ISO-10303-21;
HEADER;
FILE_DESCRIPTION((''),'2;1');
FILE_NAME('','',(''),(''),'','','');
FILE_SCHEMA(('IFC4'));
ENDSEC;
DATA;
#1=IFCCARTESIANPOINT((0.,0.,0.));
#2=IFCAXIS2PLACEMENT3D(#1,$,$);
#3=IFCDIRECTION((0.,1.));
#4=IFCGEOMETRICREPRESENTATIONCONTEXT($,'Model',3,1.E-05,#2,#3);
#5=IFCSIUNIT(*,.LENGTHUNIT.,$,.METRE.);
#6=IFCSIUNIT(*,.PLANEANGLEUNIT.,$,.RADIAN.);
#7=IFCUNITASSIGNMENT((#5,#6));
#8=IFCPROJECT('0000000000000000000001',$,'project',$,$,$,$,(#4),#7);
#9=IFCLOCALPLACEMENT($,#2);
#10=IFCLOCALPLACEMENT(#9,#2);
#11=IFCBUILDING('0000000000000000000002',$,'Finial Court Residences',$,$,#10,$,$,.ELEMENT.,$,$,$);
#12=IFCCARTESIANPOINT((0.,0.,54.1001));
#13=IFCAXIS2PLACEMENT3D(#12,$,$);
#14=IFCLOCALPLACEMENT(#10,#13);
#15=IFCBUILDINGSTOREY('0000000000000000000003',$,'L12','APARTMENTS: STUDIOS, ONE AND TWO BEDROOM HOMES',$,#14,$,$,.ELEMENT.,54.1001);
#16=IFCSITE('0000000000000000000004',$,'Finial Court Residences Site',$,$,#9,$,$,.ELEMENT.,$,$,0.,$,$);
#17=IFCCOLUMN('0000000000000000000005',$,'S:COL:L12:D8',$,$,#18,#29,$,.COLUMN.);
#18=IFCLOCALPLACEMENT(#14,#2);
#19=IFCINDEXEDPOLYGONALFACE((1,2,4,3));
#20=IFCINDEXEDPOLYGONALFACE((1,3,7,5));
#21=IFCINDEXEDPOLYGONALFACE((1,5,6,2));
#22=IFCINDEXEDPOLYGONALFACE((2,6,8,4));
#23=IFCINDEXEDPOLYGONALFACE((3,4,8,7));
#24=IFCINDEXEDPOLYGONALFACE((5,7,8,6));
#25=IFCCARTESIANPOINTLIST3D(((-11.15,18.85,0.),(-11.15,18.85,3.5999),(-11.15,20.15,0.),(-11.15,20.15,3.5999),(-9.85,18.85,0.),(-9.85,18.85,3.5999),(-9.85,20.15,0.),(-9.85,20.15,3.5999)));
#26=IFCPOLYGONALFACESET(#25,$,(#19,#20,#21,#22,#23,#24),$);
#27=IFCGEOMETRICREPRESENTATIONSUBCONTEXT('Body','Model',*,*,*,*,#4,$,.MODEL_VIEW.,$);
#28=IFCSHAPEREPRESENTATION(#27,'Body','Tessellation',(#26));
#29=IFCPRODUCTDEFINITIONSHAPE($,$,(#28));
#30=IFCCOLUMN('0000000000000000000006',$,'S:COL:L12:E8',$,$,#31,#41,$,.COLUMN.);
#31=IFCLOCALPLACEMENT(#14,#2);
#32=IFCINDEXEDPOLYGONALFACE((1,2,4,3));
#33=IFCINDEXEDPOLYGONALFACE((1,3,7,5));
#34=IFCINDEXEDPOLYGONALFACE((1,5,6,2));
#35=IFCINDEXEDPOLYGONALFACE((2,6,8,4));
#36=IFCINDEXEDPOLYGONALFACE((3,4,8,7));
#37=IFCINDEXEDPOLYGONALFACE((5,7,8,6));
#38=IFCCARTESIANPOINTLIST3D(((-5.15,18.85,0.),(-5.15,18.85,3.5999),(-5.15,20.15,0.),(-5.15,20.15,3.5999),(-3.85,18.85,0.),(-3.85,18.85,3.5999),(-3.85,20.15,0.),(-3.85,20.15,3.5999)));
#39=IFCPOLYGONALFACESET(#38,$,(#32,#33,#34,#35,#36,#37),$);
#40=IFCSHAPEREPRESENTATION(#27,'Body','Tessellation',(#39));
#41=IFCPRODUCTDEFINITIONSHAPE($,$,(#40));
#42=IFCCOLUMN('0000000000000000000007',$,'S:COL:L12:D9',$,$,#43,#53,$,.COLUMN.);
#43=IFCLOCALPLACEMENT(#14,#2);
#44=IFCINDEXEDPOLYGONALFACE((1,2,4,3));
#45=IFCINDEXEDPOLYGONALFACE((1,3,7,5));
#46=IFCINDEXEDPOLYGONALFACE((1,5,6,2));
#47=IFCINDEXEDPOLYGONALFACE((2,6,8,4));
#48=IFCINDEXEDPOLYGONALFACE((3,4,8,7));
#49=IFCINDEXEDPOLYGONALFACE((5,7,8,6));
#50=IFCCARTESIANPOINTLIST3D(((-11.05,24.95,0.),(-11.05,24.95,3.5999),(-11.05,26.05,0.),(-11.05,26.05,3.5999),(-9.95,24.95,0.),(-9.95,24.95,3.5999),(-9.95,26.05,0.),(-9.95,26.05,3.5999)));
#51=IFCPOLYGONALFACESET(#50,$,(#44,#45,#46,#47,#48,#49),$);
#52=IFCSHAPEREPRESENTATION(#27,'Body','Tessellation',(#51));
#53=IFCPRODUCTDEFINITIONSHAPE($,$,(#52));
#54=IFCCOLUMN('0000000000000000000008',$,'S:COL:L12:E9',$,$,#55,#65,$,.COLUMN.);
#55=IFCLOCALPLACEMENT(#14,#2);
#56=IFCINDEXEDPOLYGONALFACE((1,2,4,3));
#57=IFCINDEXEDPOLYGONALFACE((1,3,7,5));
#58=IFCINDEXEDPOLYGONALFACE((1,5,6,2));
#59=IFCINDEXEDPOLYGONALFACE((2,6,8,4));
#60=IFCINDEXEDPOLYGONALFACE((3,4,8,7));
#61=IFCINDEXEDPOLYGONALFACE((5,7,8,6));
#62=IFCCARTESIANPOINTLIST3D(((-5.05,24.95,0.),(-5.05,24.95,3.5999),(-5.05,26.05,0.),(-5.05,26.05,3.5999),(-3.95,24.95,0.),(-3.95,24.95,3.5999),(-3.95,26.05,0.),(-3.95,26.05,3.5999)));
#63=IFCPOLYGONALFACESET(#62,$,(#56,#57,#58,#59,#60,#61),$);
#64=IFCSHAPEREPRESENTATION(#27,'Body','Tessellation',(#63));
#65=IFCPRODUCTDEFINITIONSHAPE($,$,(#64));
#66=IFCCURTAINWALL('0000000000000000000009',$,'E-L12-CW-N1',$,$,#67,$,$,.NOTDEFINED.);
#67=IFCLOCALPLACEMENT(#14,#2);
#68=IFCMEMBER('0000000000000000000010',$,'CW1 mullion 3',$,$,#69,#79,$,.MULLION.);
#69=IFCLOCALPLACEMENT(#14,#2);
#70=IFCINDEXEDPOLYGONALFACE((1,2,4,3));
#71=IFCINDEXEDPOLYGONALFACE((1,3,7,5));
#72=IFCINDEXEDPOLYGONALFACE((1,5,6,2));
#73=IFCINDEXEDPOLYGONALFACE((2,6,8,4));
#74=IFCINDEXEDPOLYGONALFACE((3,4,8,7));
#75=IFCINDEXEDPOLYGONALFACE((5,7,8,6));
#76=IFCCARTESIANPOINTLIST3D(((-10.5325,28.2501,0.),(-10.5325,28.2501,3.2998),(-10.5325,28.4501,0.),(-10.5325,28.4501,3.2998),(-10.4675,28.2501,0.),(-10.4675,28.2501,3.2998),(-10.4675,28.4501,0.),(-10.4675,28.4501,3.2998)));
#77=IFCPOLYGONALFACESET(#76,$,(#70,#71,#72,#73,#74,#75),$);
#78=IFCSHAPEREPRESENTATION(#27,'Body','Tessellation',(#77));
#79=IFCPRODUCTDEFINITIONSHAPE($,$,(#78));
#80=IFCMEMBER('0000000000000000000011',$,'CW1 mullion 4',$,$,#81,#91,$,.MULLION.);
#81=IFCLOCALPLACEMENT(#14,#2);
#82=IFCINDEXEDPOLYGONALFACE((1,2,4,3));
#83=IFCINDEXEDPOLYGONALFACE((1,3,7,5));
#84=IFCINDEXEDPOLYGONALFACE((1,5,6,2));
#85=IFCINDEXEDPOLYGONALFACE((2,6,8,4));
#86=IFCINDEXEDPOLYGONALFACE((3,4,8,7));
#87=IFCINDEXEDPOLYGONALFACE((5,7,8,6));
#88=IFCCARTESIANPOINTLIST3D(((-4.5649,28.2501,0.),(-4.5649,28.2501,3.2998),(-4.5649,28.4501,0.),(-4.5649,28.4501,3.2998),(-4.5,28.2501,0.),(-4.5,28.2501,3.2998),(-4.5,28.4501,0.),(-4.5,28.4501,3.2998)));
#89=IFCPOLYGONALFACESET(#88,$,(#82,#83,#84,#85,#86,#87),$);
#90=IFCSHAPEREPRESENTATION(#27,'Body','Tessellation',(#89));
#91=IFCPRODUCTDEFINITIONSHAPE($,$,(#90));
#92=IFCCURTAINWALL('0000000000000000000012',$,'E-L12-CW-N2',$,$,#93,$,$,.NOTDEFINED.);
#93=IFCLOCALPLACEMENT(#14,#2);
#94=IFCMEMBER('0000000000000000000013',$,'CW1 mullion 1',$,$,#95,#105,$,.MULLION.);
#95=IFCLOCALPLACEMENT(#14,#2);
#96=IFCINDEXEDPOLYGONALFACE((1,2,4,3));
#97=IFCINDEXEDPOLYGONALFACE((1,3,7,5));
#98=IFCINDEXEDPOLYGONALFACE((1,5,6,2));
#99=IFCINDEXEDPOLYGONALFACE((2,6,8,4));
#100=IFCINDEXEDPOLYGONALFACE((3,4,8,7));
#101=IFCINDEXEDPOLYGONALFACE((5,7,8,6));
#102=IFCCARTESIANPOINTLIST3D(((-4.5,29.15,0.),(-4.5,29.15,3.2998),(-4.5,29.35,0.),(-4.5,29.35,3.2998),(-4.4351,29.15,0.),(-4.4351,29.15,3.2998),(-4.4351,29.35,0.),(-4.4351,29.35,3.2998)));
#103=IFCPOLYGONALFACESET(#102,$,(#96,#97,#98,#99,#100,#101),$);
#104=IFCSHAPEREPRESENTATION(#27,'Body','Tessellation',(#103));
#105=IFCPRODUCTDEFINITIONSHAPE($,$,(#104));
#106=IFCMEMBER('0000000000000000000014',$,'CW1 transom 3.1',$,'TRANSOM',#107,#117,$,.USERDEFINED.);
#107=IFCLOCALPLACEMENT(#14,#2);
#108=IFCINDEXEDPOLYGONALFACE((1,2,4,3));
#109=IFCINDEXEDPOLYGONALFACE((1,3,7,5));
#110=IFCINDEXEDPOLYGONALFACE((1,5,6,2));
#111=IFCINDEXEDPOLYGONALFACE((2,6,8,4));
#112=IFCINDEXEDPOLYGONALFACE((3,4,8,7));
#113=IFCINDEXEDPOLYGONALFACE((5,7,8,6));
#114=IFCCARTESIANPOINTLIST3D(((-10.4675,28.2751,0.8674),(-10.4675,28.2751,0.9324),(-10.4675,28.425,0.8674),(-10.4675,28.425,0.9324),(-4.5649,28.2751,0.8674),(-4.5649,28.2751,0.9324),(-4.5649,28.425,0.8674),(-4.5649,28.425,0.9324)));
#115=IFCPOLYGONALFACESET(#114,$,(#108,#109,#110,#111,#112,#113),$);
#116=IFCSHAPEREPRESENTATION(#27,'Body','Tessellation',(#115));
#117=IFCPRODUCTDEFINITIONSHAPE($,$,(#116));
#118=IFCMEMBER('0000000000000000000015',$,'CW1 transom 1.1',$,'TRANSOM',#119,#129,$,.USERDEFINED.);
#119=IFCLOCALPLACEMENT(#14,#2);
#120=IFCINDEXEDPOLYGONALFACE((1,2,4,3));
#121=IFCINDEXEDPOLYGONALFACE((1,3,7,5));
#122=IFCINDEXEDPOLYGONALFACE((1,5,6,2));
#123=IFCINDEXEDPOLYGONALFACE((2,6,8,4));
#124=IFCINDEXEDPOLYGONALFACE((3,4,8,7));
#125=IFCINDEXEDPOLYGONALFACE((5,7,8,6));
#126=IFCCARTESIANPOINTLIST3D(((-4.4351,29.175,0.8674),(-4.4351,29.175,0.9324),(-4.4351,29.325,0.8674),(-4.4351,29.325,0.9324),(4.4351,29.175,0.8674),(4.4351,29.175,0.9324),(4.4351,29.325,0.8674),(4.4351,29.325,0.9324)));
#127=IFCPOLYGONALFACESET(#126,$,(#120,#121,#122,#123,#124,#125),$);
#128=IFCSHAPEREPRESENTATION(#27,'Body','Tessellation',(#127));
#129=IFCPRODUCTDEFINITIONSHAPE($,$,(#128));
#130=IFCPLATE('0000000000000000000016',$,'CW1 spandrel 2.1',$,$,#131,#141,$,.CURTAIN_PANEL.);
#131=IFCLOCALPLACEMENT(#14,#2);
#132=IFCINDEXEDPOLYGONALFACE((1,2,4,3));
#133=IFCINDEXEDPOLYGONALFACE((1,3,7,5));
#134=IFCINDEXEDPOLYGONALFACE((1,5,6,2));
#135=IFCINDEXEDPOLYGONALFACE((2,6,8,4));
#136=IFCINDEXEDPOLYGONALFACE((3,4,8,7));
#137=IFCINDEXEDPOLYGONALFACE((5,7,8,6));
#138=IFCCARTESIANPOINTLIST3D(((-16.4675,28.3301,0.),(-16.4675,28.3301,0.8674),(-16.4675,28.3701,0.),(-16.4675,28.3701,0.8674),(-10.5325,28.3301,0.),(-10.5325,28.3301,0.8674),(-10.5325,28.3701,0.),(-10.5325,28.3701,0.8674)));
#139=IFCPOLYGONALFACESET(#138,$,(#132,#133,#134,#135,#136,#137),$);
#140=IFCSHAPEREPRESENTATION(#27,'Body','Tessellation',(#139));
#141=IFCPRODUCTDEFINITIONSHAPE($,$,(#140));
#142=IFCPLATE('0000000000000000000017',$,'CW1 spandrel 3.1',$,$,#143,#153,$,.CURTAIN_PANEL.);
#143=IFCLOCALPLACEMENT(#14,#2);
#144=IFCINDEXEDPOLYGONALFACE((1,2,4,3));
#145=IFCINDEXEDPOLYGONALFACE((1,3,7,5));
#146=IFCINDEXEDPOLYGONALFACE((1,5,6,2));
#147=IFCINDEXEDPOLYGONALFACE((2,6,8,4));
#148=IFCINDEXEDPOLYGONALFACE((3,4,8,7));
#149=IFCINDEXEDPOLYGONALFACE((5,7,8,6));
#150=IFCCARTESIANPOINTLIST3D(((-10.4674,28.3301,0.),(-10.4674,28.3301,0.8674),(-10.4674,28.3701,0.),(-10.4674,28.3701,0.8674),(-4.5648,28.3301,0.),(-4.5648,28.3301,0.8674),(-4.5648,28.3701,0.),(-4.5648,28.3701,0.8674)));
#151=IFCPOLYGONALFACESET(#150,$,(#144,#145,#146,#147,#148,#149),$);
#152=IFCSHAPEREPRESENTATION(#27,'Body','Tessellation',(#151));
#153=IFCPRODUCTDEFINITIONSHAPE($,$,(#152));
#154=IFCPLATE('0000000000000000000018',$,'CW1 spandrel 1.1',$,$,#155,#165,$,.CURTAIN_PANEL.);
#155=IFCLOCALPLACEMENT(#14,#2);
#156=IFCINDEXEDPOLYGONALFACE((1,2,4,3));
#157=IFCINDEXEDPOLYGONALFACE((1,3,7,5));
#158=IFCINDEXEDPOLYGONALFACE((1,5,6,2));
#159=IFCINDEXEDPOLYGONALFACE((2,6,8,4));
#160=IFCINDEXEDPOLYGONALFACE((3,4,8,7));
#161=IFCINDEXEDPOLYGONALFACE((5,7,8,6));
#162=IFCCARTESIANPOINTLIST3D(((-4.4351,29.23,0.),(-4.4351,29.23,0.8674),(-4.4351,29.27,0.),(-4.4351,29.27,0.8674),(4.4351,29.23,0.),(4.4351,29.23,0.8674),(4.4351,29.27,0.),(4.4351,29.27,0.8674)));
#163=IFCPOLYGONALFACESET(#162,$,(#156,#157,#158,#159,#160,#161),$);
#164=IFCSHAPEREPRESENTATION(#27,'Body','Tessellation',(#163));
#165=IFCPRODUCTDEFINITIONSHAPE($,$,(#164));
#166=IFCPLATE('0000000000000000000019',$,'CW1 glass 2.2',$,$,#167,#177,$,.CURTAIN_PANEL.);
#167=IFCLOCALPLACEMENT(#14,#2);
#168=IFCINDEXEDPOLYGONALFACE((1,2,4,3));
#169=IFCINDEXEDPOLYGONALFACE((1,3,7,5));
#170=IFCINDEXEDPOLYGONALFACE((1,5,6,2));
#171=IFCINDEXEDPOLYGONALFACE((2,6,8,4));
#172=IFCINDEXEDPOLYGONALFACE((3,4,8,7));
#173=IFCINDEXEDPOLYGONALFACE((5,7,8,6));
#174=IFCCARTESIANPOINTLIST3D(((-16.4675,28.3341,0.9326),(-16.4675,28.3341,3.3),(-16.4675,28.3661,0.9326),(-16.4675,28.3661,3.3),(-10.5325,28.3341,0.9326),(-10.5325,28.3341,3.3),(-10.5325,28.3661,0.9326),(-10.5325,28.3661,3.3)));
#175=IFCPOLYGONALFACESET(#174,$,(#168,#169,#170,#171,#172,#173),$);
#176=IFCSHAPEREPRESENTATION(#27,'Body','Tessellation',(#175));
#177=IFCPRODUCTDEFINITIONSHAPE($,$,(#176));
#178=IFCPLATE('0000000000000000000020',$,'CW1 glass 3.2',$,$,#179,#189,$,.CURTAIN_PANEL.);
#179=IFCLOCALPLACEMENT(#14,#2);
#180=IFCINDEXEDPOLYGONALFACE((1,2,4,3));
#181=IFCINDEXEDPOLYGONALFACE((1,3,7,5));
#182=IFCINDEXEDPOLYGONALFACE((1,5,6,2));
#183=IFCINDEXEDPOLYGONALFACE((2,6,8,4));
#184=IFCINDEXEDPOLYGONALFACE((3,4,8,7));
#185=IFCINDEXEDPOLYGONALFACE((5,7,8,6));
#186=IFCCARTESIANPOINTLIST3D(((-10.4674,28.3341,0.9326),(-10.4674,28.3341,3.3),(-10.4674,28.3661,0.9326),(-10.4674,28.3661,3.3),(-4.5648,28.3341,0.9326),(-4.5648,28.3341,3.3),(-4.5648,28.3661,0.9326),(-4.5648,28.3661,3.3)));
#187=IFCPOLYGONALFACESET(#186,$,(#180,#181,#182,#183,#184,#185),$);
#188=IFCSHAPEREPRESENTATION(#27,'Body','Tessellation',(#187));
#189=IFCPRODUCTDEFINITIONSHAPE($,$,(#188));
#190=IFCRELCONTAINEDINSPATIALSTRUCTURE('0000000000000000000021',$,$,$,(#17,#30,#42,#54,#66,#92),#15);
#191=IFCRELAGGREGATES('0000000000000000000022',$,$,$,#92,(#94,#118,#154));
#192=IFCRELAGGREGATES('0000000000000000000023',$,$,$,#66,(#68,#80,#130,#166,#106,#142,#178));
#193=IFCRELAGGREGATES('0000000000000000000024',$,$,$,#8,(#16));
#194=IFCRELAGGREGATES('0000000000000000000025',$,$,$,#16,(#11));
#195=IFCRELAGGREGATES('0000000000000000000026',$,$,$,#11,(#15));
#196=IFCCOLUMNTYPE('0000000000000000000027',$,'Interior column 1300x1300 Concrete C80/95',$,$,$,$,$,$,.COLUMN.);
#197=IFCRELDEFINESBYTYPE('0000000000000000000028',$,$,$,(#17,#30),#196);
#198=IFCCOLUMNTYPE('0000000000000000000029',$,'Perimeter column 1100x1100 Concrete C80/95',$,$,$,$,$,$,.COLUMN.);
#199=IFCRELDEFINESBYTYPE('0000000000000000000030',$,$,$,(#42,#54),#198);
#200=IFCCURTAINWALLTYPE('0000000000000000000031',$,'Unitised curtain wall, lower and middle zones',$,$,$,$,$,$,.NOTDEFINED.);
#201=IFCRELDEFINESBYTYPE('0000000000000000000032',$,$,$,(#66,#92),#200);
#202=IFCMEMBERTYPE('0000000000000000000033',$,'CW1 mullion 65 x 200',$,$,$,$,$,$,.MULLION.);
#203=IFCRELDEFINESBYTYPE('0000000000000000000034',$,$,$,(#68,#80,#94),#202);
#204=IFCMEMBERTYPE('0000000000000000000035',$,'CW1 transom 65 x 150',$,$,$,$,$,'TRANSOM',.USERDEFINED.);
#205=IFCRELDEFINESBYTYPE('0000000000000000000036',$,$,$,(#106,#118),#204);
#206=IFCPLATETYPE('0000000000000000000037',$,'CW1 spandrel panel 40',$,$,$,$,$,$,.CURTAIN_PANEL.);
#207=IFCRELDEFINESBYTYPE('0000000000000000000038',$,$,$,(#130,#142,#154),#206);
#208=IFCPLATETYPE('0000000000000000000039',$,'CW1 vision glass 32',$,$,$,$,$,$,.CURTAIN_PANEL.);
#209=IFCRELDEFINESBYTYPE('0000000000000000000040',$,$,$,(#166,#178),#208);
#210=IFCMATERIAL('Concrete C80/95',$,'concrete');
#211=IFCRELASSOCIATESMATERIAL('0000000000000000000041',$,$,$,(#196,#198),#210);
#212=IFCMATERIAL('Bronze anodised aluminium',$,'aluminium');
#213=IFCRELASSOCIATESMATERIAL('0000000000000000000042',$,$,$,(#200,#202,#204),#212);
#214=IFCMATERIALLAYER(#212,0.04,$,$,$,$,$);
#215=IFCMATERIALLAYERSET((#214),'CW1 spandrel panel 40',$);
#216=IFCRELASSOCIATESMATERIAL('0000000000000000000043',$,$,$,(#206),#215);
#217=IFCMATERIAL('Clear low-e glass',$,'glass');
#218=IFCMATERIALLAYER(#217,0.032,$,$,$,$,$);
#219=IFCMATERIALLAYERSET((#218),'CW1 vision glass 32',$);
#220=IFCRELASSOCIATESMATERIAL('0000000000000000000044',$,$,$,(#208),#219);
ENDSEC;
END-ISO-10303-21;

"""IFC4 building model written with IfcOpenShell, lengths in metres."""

from ifc_helpers import new_model, si_unit, direction, frame, origin, origin_2d, place, context, subcontext, project, spatial, rectangle, extrude, material, layer, layer_set, material_profile, profile_set, type_object, element, aggregate, save


model = new_model("IFC4")

# Units and contexts
model_context = context("Model", 3, precision=1e-05, world=origin(), true_north=direction((0.0, 1.0)))
body_context = subcontext(model_context, "Body", "Model", "MODEL_VIEW")
ifc_project = project(units=[si_unit("LENGTHUNIT", "METRE"), si_unit("PLANEANGLEUNIT", "RADIAN")], contexts=[model_context])

# Site, building, storey
site_placement = place(None, origin())
site = spatial("IfcSite", under=ifc_project, at=site_placement, Name="Finial Court Residences Site", CompositionType="ELEMENT", RefElevation=0.0)
building_placement = place(site_placement, origin())
building = spatial("IfcBuilding", under=site, at=building_placement, Name="Finial Court Residences", CompositionType="ELEMENT")
storey_placement = place(building_placement, frame((0.0, 0.0, 54.1001)))
storey = spatial("IfcBuildingStorey", under=building, at=storey_placement, Name="L12", Description="APARTMENTS: STUDIOS, ONE AND TWO BEDROOM HOMES", CompositionType="ELEMENT", Elevation=54.1001)

# Columns
ifc_material_1 = material(Name="Concrete C80/95", Category="concrete")
ifc_material_profile_1 = material_profile(ifc_material_1, rectangle(XDim=1.3, YDim=1.3, at=origin_2d()), Name="1300x1300")
ifc_profile_set_1 = profile_set([ifc_material_profile_1], Name="Concrete C80/95")
column_type_1 = type_object("IfcColumnType", Name="Interior column 1300x1300 Concrete C80/95", PredefinedType="COLUMN", material=ifc_profile_set_1)
for number, where, z_axis, x_axis, name in (
    (1, (-10.5, 19.5, 0.0), (0.0, 0.0, 1.0), (1.0, 0.0, 0.0), "S:COL:L12:D8"),
    (2, (-4.5, 19.5, 0.0), (0.0, 0.0, 1.0), (1.0, 0.0, 0.0), "S:COL:L12:E8"),
):
    element("IfcColumn", number, at=place(storey_placement, frame(where, z_axis=z_axis, x_axis=x_axis)), inside=storey, type_object=column_type_1, Name=name, PredefinedType="COLUMN", context=body_context, shape_type="SweptSolid", body=[
        extrude(rectangle(XDim=1.3, YDim=1.3, at=origin_2d()), origin(), (0.0, 0.0, 1.0), 3.5999),
    ])
ifc_material_profile_2 = material_profile(ifc_material_1, rectangle(XDim=1.1001, YDim=1.1001, at=origin_2d()), Name="1100x1100")
ifc_profile_set_2 = profile_set([ifc_material_profile_2], Name="Concrete C80/95")
column_type_2 = type_object("IfcColumnType", Name="Perimeter column 1100x1100 Concrete C80/95", PredefinedType="COLUMN", material=ifc_profile_set_2)
for number, where, z_axis, x_axis, name in (
    (3, (-10.5, 25.5, 0.0), (0.0, 0.0, 1.0), (1.0, 0.0, 0.0), "S:COL:L12:D9"),
    (4, (-4.5, 25.5, 0.0), (0.0, 0.0, 1.0), (1.0, 0.0, 0.0), "S:COL:L12:E9"),
):
    element("IfcColumn", number, at=place(storey_placement, frame(where, z_axis=z_axis, x_axis=x_axis)), inside=storey, type_object=column_type_2, Name=name, PredefinedType="COLUMN", context=body_context, shape_type="SweptSolid", body=[
        extrude(rectangle(XDim=1.1001, YDim=1.1001, at=origin_2d()), origin(), (0.0, 0.0, 1.0), 3.5999),
    ])

# Curtain wall, members
ifc_material_2 = material(Name="Bronze anodised aluminium", Category="aluminium")
curtain_wall_type = type_object("IfcCurtainWallType", Name="Unitised curtain wall, lower and middle zones", PredefinedType="NOTDEFINED", material=ifc_material_2)
curtain_wall_1_placement = place(storey_placement, origin())
curtain_wall_1 = element("IfcCurtainWall", 5, at=curtain_wall_1_placement, inside=storey, type_object=curtain_wall_type, Name="E-L12-CW-N1", PredefinedType="NOTDEFINED")
ifc_material_profile_3 = material_profile(ifc_material_2, rectangle(XDim=0.2, YDim=0.0649, at=origin_2d()), Name="CW1 mullion 65 x 200")
ifc_profile_set_3 = profile_set([ifc_material_profile_3], Name="Bronze anodised aluminium")
member_type_1 = type_object("IfcMemberType", Name="CW1 mullion 65 x 200", PredefinedType="MULLION", material=ifc_profile_set_3)
member_1_placement = place(storey_placement, frame((-10.5, 28.3501, 0.0), z_axis=(0.0, 0.0, 1.0), x_axis=(0.0, 1.0, 0.0)))
member_1 = element("IfcMember", 6, at=member_1_placement, type_object=member_type_1, Name="CW1 mullion 3", PredefinedType="MULLION", context=body_context, shape_type="SweptSolid", body=[
    extrude(rectangle(XDim=0.2, YDim=0.0649, at=origin_2d()), origin(), (0.0, 0.0, 1.0), 3.2998),
])
member_2_placement = place(storey_placement, frame((-4.5325, 28.3501, 0.0), z_axis=(0.0, 0.0, 1.0), x_axis=(0.0, 1.0, 0.0)))
member_2 = element("IfcMember", 7, at=member_2_placement, type_object=member_type_1, Name="CW1 mullion 4", PredefinedType="MULLION", context=body_context, shape_type="SweptSolid", body=[
    extrude(rectangle(XDim=0.2, YDim=0.0649, at=origin_2d()), origin(), (0.0, 0.0, 1.0), 3.2998),
])

# Curtain wall, member
curtain_wall_2_placement = place(storey_placement, origin())
curtain_wall_2 = element("IfcCurtainWall", 8, at=curtain_wall_2_placement, inside=storey, type_object=curtain_wall_type, Name="E-L12-CW-N2", PredefinedType="NOTDEFINED")
member_3_placement = place(storey_placement, frame((-4.4675, 29.25, 0.0), z_axis=(0.0, 0.0, 1.0), x_axis=(0.0, 1.0, 0.0)))
member_3 = element("IfcMember", 9, at=member_3_placement, type_object=member_type_1, Name="CW1 mullion 1", PredefinedType="MULLION", context=body_context, shape_type="SweptSolid", body=[
    extrude(rectangle(XDim=0.2, YDim=0.0649, at=origin_2d()), origin(), (0.0, 0.0, 1.0), 3.2998),
])

# Members
ifc_material_profile_4 = material_profile(ifc_material_2, rectangle(XDim=0.1499, YDim=0.0649, at=origin_2d()), Name="CW1 transom 65 x 150")
ifc_profile_set_4 = profile_set([ifc_material_profile_4], Name="Bronze anodised aluminium")
member_type_2 = type_object("IfcMemberType", Name="CW1 transom 65 x 150", ElementType="TRANSOM", PredefinedType="USERDEFINED", material=ifc_profile_set_4)
member_4_placement = place(storey_placement, frame((-10.4675, 28.3501, 0.8999), z_axis=(1.0, 0.0, 0.0), x_axis=(0.0, 1.0, 0.0)))
member_4 = element("IfcMember", 10, at=member_4_placement, type_object=member_type_2, Name="CW1 transom 3.1", ObjectType="TRANSOM", PredefinedType="USERDEFINED", context=body_context, shape_type="SweptSolid", body=[
    extrude(rectangle(XDim=0.1499, YDim=0.0649, at=origin_2d()), origin(), (0.0, 0.0, 1.0), 5.9026),
])
member_5_placement = place(storey_placement, frame((-4.4351, 29.25, 0.8999), z_axis=(1.0, 0.0, 0.0), x_axis=(0.0, 1.0, 0.0)))
member_5 = element("IfcMember", 11, at=member_5_placement, type_object=member_type_2, Name="CW1 transom 1.1", ObjectType="TRANSOM", PredefinedType="USERDEFINED", context=body_context, shape_type="SweptSolid", body=[
    extrude(rectangle(XDim=0.1499, YDim=0.0649, at=origin_2d()), origin(), (0.0, 0.0, 1.0), 8.8701),
])

# Plates
ifc_layer_1 = layer(ifc_material_2, 0.04)
ifc_layer_set_1 = layer_set([ifc_layer_1], Name="CW1 spandrel panel 40")
plate_type_1 = type_object("IfcPlateType", Name="CW1 spandrel panel 40", PredefinedType="CURTAIN_PANEL", material=ifc_layer_set_1)
plate_1_placement = place(storey_placement, frame((-13.5, 28.3501, 0.0), z_axis=(0.0, 0.0, 1.0), x_axis=(1.0, 0.0, 0.0)))
plate_1 = element("IfcPlate", 12, at=plate_1_placement, type_object=plate_type_1, Name="CW1 spandrel 2.1", PredefinedType="CURTAIN_PANEL", context=body_context, shape_type="SweptSolid", body=[
    extrude(rectangle(XDim=5.9351, YDim=0.04, at=origin_2d()), origin(), (0.0, 0.0, 1.0), 0.8674),
])
plate_2_placement = place(storey_placement, frame((-7.5161, 28.3501, 0.0), z_axis=(0.0, 0.0, 1.0), x_axis=(1.0, 0.0, 0.0)))
plate_2 = element("IfcPlate", 13, at=plate_2_placement, type_object=plate_type_1, Name="CW1 spandrel 3.1", PredefinedType="CURTAIN_PANEL", context=body_context, shape_type="SweptSolid", body=[
    extrude(rectangle(XDim=5.9026, YDim=0.04, at=origin_2d()), origin(), (0.0, 0.0, 1.0), 0.8674),
])
plate_3_placement = place(storey_placement, frame((0.0, 29.25, 0.0), z_axis=(0.0, 0.0, 1.0), x_axis=(1.0, 0.0, 0.0)))
plate_3 = element("IfcPlate", 14, at=plate_3_placement, type_object=plate_type_1, Name="CW1 spandrel 1.1", PredefinedType="CURTAIN_PANEL", context=body_context, shape_type="SweptSolid", body=[
    extrude(rectangle(XDim=8.8701, YDim=0.04, at=origin_2d()), origin(), (0.0, 0.0, 1.0), 0.8674),
])
aggregate(curtain_wall_2, [member_3, member_5, plate_3])
ifc_material_3 = material(Name="Clear low-e glass", Category="glass")
ifc_layer_2 = layer(ifc_material_3, 0.032)
ifc_layer_set_2 = layer_set([ifc_layer_2], Name="CW1 vision glass 32")
plate_type_2 = type_object("IfcPlateType", Name="CW1 vision glass 32", PredefinedType="CURTAIN_PANEL", material=ifc_layer_set_2)
plate_4_placement = place(storey_placement, frame((-13.5, 28.3501, 0.9326), z_axis=(0.0, 0.0, 1.0), x_axis=(1.0, 0.0, 0.0)))
plate_4 = element("IfcPlate", 15, at=plate_4_placement, type_object=plate_type_2, Name="CW1 glass 2.2", PredefinedType="CURTAIN_PANEL", context=body_context, shape_type="SweptSolid", body=[
    extrude(rectangle(XDim=5.9351, YDim=0.032, at=origin_2d()), origin(), (0.0, 0.0, 1.0), 2.3674),
])
plate_5_placement = place(storey_placement, frame((-7.5161, 28.3501, 0.9326), z_axis=(0.0, 0.0, 1.0), x_axis=(1.0, 0.0, 0.0)))
plate_5 = element("IfcPlate", 16, at=plate_5_placement, type_object=plate_type_2, Name="CW1 glass 3.2", PredefinedType="CURTAIN_PANEL", context=body_context, shape_type="SweptSolid", body=[
    extrude(rectangle(XDim=5.9026, YDim=0.032, at=origin_2d()), origin(), (0.0, 0.0, 1.0), 2.3674),
])
aggregate(curtain_wall_1, [member_1, member_2, plate_1, plate_4, member_4, plate_2, plate_5])

save(model, "model.ifc")
